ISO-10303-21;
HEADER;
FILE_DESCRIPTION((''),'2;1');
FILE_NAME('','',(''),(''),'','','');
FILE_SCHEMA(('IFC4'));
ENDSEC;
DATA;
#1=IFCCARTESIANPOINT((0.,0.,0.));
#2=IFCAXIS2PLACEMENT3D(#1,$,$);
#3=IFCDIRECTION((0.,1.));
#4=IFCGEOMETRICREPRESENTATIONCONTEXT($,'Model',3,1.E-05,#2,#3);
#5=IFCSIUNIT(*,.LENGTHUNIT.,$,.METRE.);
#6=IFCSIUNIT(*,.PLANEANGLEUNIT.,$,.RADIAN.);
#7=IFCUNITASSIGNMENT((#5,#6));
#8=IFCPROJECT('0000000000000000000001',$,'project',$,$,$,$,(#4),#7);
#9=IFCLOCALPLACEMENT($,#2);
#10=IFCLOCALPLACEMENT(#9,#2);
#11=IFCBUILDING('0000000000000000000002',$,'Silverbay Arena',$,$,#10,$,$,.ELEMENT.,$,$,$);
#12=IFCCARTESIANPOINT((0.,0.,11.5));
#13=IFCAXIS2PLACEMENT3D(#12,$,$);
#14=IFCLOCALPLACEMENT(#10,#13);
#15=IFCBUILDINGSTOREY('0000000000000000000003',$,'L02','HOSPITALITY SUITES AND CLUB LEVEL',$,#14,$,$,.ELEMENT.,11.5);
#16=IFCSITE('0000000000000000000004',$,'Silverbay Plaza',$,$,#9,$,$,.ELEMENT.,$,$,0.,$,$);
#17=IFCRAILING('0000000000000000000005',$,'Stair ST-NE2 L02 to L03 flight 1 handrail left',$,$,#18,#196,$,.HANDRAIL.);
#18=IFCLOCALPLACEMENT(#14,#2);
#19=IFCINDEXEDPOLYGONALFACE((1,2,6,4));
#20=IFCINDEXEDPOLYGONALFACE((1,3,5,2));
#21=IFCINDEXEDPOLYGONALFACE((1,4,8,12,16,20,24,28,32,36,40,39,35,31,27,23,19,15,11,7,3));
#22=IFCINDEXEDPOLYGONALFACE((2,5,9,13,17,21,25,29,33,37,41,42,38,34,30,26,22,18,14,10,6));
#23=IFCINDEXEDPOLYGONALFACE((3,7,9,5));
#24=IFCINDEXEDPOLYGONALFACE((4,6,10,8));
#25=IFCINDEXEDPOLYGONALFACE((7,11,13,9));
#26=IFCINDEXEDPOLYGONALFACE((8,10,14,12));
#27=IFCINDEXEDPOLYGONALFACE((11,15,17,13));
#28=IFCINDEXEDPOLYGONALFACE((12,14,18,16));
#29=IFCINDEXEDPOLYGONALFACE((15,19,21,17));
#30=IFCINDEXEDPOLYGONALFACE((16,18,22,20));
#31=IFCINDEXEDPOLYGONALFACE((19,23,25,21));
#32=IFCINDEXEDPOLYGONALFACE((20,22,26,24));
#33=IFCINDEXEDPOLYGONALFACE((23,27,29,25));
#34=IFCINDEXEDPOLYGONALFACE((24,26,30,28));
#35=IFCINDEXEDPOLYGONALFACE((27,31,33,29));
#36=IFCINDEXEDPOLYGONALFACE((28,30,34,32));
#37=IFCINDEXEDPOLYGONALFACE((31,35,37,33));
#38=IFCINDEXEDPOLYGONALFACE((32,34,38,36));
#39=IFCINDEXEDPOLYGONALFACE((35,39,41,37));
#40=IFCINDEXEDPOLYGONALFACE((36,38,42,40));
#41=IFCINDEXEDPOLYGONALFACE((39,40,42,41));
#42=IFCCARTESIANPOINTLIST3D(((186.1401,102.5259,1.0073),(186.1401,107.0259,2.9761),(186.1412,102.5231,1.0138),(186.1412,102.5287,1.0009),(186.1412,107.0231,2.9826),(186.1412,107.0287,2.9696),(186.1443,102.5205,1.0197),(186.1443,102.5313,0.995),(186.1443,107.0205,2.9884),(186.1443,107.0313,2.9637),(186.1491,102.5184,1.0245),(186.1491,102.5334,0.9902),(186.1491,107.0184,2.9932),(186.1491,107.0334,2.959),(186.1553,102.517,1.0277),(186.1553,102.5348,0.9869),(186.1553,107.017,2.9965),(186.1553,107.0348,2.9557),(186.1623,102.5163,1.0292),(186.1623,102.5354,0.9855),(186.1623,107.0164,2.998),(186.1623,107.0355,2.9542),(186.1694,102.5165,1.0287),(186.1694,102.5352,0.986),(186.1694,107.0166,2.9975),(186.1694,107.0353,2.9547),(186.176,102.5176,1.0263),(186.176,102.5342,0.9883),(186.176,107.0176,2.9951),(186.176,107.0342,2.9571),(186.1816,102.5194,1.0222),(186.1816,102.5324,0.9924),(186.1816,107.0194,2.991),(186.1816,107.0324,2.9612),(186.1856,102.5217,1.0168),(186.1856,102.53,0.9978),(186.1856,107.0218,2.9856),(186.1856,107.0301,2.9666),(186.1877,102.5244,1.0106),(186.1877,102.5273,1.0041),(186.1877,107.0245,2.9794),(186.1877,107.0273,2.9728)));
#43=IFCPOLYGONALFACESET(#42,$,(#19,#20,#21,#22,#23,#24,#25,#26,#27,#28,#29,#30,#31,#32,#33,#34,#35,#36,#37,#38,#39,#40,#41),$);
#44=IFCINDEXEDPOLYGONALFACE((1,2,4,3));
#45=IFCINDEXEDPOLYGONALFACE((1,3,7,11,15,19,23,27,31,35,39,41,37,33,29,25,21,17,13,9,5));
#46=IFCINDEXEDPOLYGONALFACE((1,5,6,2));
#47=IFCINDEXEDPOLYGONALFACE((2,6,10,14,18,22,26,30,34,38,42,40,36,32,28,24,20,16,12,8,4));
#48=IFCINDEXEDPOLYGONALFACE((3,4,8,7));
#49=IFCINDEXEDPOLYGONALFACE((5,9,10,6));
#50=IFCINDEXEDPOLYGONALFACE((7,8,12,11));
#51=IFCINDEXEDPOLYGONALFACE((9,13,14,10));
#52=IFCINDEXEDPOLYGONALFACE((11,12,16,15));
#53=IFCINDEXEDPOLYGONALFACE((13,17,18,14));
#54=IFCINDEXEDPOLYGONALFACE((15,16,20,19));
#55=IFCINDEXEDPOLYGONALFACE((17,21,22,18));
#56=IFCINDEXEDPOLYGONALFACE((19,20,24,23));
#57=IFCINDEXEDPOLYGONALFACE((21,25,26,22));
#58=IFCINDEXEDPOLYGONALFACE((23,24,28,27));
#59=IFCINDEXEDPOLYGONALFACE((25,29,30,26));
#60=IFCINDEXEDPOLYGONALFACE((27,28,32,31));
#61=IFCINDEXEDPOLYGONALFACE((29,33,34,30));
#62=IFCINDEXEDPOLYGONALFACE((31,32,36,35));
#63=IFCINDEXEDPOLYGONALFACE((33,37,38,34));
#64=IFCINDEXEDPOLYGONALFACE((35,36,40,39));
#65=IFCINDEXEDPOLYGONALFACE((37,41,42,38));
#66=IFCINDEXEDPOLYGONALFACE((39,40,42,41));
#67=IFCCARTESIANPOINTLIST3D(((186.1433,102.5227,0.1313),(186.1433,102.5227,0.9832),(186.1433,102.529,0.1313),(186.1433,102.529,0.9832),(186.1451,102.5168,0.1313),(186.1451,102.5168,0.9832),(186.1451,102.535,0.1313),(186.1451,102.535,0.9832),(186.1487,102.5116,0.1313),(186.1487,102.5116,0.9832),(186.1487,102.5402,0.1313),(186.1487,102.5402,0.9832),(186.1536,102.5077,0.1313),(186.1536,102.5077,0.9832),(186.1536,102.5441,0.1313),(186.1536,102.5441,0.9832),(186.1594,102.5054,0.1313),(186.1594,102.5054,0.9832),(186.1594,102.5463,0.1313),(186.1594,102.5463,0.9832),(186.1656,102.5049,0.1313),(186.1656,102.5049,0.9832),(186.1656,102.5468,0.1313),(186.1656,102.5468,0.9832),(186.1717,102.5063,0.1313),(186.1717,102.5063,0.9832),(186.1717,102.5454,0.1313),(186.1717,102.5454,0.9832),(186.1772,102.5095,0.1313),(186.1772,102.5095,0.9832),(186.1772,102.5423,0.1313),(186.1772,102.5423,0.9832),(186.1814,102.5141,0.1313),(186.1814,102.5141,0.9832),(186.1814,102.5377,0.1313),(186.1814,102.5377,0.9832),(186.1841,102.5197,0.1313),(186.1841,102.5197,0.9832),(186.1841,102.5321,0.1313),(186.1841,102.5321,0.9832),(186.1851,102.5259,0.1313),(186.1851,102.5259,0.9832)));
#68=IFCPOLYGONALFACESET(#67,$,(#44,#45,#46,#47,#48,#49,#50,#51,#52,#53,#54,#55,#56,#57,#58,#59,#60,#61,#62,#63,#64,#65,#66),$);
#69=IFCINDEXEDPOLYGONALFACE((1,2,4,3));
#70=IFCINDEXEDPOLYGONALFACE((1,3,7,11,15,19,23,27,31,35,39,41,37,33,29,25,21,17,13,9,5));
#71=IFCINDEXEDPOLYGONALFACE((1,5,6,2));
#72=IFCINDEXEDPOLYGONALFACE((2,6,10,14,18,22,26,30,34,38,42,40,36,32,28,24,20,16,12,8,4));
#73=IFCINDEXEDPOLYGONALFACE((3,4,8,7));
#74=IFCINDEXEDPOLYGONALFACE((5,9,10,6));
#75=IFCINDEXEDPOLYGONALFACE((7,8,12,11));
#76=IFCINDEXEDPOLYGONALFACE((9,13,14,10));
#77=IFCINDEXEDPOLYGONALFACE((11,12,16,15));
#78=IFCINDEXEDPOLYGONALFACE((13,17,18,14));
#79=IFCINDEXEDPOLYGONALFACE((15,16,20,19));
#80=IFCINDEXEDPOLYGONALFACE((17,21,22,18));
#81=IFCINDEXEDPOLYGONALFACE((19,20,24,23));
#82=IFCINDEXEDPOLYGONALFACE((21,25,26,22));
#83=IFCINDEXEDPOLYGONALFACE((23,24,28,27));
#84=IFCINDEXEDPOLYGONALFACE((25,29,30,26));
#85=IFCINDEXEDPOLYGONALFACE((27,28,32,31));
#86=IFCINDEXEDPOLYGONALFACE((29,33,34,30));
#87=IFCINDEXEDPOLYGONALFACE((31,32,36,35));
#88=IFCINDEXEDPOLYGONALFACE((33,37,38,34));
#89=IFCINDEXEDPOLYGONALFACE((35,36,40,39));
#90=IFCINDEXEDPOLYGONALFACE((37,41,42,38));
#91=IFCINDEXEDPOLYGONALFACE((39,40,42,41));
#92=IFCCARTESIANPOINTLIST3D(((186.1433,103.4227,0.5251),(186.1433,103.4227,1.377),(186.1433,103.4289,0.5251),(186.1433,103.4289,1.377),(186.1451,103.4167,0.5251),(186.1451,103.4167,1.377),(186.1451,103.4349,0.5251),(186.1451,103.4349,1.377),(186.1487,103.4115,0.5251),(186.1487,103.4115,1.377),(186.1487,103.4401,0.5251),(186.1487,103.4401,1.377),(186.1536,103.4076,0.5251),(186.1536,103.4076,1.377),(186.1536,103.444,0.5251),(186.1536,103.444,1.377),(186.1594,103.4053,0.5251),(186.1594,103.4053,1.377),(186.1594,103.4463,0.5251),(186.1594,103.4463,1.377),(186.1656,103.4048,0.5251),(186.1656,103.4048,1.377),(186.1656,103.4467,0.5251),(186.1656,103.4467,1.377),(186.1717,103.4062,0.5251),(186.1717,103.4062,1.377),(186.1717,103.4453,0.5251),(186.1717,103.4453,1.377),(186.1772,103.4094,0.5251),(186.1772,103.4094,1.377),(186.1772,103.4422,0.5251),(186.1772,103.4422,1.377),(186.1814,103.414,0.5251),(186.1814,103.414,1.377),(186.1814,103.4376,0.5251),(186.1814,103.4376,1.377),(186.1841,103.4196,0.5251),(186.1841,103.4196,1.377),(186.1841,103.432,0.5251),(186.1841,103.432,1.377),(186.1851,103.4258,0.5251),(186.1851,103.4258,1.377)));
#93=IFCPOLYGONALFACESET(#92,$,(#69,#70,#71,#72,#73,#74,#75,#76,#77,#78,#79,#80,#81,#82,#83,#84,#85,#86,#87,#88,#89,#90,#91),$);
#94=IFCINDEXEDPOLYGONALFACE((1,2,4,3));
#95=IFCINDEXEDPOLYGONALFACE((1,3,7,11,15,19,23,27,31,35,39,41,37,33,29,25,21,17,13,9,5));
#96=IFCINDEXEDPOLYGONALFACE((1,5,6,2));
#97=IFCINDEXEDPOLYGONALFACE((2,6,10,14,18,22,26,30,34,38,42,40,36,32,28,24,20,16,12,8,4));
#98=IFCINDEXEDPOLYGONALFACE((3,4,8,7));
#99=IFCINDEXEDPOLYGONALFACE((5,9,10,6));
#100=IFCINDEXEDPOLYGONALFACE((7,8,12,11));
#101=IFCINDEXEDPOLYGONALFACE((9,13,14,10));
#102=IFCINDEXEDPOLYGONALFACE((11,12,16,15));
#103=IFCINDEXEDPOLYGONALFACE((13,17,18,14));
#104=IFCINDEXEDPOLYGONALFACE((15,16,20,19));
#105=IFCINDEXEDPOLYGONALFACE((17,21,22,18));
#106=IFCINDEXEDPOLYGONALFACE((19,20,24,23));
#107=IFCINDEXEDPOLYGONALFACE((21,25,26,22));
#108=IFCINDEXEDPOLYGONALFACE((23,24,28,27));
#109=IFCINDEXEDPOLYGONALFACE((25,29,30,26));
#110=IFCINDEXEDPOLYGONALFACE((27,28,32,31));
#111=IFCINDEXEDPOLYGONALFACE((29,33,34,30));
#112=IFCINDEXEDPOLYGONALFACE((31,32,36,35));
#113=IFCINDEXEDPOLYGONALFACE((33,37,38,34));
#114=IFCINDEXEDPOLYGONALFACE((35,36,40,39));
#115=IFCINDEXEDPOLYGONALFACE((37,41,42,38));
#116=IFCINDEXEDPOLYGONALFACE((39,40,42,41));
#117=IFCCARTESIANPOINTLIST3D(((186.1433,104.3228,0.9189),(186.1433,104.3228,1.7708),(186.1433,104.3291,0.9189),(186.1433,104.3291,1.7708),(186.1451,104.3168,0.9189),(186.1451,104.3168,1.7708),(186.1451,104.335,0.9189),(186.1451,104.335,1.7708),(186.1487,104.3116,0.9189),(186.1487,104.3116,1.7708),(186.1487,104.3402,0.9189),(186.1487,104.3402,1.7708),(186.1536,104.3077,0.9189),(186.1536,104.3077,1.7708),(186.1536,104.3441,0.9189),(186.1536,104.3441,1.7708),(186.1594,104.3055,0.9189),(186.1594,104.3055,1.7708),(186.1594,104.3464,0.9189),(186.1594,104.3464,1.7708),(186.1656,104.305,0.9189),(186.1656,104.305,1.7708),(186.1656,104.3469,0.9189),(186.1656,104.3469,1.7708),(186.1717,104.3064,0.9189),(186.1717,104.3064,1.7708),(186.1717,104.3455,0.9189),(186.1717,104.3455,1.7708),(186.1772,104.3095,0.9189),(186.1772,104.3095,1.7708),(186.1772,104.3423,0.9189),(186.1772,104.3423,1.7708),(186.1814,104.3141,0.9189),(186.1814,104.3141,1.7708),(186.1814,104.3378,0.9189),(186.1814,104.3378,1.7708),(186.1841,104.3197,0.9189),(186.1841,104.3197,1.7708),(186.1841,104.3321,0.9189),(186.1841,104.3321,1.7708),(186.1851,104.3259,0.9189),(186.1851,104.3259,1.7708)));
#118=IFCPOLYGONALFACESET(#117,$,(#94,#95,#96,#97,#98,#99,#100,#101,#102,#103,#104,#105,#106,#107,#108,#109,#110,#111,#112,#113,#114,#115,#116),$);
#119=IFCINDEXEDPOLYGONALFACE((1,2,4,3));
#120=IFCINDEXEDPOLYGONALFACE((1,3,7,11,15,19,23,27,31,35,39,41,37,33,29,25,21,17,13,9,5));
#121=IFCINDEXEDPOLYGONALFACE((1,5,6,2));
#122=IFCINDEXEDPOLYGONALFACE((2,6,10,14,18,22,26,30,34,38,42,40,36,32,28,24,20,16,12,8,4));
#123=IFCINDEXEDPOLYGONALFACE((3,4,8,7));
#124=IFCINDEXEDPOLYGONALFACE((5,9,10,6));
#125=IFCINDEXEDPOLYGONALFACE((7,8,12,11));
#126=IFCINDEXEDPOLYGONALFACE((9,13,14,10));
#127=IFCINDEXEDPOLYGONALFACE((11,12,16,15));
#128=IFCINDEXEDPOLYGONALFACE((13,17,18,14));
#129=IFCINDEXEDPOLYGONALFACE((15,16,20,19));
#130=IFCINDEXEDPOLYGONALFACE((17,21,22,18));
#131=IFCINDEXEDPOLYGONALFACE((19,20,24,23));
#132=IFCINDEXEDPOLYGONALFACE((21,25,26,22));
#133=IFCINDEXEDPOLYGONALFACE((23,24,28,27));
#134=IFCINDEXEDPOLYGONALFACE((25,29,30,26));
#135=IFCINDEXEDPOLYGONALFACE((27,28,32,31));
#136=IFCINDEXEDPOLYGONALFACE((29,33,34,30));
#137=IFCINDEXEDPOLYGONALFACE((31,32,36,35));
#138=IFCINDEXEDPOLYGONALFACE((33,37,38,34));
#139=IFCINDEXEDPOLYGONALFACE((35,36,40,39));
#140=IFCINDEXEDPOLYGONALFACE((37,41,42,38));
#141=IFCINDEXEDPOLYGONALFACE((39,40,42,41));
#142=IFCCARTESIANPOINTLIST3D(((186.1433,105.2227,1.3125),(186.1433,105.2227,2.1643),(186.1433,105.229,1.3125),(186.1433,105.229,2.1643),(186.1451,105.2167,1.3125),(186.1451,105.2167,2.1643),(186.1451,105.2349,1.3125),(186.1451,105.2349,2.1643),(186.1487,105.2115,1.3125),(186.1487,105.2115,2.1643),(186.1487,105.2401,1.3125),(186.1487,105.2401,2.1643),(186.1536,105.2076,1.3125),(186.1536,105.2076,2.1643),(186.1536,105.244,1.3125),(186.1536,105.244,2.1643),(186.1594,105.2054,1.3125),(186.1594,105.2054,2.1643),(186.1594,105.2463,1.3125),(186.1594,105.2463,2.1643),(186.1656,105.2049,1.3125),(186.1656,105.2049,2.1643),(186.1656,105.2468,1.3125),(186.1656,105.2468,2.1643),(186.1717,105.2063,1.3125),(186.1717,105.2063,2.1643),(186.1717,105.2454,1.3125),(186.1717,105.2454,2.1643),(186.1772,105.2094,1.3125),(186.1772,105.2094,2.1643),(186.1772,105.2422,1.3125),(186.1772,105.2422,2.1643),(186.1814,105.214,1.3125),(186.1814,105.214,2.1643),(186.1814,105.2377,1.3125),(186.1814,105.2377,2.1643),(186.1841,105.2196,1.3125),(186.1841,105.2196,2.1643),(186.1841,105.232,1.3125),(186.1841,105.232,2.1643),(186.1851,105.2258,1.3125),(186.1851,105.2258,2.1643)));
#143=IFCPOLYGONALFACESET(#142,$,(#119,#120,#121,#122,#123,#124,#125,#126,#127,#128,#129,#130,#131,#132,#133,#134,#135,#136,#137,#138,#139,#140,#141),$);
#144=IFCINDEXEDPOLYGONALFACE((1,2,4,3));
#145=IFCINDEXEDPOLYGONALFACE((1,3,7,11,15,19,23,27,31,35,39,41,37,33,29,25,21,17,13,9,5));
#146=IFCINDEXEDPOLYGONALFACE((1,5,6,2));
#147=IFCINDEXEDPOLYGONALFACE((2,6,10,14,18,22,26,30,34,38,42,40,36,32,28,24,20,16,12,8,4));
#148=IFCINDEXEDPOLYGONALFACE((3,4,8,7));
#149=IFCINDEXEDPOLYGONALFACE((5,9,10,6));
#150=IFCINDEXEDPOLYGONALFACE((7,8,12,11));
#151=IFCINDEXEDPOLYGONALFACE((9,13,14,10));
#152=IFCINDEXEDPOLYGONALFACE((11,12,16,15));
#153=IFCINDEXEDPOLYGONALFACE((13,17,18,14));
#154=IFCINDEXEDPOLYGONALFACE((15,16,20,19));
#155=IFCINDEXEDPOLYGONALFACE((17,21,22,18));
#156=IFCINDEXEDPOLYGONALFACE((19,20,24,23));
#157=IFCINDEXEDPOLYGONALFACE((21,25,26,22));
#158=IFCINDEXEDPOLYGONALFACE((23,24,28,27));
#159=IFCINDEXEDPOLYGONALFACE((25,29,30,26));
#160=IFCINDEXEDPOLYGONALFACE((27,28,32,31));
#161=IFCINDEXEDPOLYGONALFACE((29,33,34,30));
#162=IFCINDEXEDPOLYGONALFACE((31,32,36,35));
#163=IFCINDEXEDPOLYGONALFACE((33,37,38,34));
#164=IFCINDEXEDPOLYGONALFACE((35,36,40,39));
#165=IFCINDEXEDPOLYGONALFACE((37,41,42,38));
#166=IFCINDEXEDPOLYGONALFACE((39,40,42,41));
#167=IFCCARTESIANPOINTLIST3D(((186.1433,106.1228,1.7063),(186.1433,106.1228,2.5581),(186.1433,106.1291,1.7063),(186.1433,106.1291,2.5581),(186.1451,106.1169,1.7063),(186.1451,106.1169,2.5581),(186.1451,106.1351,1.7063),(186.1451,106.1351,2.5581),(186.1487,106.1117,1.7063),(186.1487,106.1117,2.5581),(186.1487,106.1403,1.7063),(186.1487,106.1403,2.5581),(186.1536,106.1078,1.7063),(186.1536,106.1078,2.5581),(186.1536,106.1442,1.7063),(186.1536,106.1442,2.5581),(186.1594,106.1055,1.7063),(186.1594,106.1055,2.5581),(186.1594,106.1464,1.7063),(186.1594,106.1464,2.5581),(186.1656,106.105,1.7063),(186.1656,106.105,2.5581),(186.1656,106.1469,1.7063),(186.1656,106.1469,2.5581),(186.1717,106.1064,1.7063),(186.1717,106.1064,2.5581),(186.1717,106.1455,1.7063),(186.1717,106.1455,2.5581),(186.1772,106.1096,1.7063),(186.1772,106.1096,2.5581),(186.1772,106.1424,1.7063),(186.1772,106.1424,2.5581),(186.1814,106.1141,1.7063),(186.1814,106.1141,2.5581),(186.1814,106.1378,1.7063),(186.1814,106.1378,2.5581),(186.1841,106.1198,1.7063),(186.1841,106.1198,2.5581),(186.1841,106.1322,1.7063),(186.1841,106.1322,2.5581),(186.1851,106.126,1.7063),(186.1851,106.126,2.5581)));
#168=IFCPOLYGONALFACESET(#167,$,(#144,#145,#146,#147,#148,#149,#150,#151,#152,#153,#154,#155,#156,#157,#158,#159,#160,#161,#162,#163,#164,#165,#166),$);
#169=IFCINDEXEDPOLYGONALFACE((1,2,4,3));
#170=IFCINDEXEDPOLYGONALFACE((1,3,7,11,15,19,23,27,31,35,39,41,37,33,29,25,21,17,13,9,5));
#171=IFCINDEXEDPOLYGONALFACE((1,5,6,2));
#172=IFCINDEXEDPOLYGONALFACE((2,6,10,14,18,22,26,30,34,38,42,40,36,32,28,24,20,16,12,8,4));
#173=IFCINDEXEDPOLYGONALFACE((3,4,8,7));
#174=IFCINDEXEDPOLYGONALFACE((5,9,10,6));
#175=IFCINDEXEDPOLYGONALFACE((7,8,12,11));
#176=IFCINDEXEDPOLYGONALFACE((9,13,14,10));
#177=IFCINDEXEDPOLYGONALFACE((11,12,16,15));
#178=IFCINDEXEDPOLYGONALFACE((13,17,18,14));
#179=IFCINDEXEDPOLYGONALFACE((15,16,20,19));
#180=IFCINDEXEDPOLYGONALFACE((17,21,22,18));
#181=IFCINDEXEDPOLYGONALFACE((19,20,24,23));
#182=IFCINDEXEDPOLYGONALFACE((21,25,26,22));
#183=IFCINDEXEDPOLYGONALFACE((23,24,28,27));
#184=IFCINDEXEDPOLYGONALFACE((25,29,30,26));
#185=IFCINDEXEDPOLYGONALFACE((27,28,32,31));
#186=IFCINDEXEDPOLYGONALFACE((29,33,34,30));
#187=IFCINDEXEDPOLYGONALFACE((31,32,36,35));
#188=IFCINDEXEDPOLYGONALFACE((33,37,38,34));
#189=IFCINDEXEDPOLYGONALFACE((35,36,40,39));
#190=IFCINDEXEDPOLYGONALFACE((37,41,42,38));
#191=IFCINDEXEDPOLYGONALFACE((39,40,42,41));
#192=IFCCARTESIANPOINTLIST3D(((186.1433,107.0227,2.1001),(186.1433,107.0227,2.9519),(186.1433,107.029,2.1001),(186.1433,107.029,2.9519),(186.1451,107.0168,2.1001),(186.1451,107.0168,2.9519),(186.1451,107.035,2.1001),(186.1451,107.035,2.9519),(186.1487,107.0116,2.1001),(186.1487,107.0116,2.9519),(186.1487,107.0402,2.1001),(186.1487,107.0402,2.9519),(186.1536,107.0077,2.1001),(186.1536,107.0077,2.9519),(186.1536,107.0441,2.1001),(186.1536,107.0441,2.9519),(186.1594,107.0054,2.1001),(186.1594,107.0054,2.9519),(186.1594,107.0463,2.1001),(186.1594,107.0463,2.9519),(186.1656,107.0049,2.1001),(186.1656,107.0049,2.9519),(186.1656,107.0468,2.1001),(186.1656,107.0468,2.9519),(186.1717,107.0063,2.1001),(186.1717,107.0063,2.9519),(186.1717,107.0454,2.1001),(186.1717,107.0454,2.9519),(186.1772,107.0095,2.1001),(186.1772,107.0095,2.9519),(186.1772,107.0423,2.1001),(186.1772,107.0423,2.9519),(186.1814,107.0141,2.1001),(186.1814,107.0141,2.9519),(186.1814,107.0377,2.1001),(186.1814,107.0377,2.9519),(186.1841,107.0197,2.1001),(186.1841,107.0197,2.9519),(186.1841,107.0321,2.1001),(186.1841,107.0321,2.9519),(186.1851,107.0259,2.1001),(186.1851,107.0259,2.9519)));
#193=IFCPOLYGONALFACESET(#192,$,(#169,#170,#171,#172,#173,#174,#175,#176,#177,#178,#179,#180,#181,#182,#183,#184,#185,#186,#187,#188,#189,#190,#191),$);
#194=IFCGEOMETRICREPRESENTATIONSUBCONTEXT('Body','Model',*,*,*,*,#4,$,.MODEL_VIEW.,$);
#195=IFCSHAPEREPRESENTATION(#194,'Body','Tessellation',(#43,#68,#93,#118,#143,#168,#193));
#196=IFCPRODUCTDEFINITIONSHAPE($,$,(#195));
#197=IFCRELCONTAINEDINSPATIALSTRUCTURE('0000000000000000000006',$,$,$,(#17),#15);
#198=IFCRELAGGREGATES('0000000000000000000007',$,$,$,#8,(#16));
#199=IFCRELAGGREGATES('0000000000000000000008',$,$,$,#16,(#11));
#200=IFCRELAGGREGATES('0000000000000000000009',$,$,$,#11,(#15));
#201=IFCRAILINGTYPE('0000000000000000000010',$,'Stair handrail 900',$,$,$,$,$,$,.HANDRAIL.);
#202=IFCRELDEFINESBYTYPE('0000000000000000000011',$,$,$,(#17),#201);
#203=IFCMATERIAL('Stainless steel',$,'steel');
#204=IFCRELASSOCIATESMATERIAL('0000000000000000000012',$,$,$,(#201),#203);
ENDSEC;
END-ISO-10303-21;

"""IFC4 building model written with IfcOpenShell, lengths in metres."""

from ifc_helpers import new_model, si_unit, direction, frame, origin, origin_2d, place, context, subcontext, project, spatial, circle, extrude, material, type_object, element, save


model = new_model("IFC4")

# Units and contexts
model_context = context("Model", 3, precision=1e-05, world=origin(), true_north=direction((0.0, 1.0)))
body_context = subcontext(model_context, "Body", "Model", "MODEL_VIEW")
ifc_project = project(units=[si_unit("LENGTHUNIT", "METRE"), si_unit("PLANEANGLEUNIT", "RADIAN")], contexts=[model_context])

# Site, building, storey
site_placement = place(None, origin())
site = spatial("IfcSite", under=ifc_project, at=site_placement, Name="Silverbay Plaza", CompositionType="ELEMENT", RefElevation=0.0)
building_placement = place(site_placement, origin())
building = spatial("IfcBuilding", under=site, at=building_placement, Name="Silverbay Arena", CompositionType="ELEMENT")
storey_placement = place(building_placement, frame((0.0, 0.0, 11.5)))
storey = spatial("IfcBuildingStorey", under=building, at=storey_placement, Name="L02", Description="HOSPITALITY SUITES AND CLUB LEVEL", CompositionType="ELEMENT", Elevation=11.5)

# Railing
ifc_material_1 = material(Name="Stainless steel", Category="steel")
railing_type_1 = type_object("IfcRailingType", Name="Stair handrail 900", PredefinedType="HANDRAIL", material=ifc_material_1)
for number, where, name in (
    (1, (186.1641, 102.5259, 0.1313), "Stair ST-NE2 L02 to L03 flight 1 handrail left"),
):
    element("IfcRailing", number, at=place(storey_placement, frame(where)), inside=storey, type_object=railing_type_1, Name=name, PredefinedType="HANDRAIL", context=body_context, shape_type="SweptSolid", body=[
        extrude(circle(Radius=0.0239, at=origin_2d()), frame((0.0, 0.0, 0.876), z_axis=(0.0, 0.916157, 0.400819), x_axis=(-1.0, 0.0, 0.0)), (0.0, 0.0, 1.0), 4.9119),
        extrude(circle(Radius=0.021, at=origin_2d()), origin(), (0.0, 0.0, 1.0), 0.8518),
        extrude(circle(Radius=0.021, at=origin_2d()), frame((0.0, 0.8999, 0.3938)), (0.0, 0.0, 1.0), 0.8518),
        extrude(circle(Radius=0.021, at=origin_2d()), frame((0.0, 1.8, 0.7876)), (0.0, 0.0, 1.0), 0.8518),
        extrude(circle(Radius=0.021, at=origin_2d()), frame((0.0, 2.7, 1.1812)), (0.0, 0.0, 1.0), 0.8518),
        extrude(circle(Radius=0.021, at=origin_2d()), frame((0.0, 3.6001, 1.575)), (0.0, 0.0, 1.0), 0.8518),
        extrude(circle(Radius=0.021, at=origin_2d()), frame((0.0, 4.5, 1.9688)), (0.0, 0.0, 1.0), 0.8518),
    ])

save(model, "model.ifc")
